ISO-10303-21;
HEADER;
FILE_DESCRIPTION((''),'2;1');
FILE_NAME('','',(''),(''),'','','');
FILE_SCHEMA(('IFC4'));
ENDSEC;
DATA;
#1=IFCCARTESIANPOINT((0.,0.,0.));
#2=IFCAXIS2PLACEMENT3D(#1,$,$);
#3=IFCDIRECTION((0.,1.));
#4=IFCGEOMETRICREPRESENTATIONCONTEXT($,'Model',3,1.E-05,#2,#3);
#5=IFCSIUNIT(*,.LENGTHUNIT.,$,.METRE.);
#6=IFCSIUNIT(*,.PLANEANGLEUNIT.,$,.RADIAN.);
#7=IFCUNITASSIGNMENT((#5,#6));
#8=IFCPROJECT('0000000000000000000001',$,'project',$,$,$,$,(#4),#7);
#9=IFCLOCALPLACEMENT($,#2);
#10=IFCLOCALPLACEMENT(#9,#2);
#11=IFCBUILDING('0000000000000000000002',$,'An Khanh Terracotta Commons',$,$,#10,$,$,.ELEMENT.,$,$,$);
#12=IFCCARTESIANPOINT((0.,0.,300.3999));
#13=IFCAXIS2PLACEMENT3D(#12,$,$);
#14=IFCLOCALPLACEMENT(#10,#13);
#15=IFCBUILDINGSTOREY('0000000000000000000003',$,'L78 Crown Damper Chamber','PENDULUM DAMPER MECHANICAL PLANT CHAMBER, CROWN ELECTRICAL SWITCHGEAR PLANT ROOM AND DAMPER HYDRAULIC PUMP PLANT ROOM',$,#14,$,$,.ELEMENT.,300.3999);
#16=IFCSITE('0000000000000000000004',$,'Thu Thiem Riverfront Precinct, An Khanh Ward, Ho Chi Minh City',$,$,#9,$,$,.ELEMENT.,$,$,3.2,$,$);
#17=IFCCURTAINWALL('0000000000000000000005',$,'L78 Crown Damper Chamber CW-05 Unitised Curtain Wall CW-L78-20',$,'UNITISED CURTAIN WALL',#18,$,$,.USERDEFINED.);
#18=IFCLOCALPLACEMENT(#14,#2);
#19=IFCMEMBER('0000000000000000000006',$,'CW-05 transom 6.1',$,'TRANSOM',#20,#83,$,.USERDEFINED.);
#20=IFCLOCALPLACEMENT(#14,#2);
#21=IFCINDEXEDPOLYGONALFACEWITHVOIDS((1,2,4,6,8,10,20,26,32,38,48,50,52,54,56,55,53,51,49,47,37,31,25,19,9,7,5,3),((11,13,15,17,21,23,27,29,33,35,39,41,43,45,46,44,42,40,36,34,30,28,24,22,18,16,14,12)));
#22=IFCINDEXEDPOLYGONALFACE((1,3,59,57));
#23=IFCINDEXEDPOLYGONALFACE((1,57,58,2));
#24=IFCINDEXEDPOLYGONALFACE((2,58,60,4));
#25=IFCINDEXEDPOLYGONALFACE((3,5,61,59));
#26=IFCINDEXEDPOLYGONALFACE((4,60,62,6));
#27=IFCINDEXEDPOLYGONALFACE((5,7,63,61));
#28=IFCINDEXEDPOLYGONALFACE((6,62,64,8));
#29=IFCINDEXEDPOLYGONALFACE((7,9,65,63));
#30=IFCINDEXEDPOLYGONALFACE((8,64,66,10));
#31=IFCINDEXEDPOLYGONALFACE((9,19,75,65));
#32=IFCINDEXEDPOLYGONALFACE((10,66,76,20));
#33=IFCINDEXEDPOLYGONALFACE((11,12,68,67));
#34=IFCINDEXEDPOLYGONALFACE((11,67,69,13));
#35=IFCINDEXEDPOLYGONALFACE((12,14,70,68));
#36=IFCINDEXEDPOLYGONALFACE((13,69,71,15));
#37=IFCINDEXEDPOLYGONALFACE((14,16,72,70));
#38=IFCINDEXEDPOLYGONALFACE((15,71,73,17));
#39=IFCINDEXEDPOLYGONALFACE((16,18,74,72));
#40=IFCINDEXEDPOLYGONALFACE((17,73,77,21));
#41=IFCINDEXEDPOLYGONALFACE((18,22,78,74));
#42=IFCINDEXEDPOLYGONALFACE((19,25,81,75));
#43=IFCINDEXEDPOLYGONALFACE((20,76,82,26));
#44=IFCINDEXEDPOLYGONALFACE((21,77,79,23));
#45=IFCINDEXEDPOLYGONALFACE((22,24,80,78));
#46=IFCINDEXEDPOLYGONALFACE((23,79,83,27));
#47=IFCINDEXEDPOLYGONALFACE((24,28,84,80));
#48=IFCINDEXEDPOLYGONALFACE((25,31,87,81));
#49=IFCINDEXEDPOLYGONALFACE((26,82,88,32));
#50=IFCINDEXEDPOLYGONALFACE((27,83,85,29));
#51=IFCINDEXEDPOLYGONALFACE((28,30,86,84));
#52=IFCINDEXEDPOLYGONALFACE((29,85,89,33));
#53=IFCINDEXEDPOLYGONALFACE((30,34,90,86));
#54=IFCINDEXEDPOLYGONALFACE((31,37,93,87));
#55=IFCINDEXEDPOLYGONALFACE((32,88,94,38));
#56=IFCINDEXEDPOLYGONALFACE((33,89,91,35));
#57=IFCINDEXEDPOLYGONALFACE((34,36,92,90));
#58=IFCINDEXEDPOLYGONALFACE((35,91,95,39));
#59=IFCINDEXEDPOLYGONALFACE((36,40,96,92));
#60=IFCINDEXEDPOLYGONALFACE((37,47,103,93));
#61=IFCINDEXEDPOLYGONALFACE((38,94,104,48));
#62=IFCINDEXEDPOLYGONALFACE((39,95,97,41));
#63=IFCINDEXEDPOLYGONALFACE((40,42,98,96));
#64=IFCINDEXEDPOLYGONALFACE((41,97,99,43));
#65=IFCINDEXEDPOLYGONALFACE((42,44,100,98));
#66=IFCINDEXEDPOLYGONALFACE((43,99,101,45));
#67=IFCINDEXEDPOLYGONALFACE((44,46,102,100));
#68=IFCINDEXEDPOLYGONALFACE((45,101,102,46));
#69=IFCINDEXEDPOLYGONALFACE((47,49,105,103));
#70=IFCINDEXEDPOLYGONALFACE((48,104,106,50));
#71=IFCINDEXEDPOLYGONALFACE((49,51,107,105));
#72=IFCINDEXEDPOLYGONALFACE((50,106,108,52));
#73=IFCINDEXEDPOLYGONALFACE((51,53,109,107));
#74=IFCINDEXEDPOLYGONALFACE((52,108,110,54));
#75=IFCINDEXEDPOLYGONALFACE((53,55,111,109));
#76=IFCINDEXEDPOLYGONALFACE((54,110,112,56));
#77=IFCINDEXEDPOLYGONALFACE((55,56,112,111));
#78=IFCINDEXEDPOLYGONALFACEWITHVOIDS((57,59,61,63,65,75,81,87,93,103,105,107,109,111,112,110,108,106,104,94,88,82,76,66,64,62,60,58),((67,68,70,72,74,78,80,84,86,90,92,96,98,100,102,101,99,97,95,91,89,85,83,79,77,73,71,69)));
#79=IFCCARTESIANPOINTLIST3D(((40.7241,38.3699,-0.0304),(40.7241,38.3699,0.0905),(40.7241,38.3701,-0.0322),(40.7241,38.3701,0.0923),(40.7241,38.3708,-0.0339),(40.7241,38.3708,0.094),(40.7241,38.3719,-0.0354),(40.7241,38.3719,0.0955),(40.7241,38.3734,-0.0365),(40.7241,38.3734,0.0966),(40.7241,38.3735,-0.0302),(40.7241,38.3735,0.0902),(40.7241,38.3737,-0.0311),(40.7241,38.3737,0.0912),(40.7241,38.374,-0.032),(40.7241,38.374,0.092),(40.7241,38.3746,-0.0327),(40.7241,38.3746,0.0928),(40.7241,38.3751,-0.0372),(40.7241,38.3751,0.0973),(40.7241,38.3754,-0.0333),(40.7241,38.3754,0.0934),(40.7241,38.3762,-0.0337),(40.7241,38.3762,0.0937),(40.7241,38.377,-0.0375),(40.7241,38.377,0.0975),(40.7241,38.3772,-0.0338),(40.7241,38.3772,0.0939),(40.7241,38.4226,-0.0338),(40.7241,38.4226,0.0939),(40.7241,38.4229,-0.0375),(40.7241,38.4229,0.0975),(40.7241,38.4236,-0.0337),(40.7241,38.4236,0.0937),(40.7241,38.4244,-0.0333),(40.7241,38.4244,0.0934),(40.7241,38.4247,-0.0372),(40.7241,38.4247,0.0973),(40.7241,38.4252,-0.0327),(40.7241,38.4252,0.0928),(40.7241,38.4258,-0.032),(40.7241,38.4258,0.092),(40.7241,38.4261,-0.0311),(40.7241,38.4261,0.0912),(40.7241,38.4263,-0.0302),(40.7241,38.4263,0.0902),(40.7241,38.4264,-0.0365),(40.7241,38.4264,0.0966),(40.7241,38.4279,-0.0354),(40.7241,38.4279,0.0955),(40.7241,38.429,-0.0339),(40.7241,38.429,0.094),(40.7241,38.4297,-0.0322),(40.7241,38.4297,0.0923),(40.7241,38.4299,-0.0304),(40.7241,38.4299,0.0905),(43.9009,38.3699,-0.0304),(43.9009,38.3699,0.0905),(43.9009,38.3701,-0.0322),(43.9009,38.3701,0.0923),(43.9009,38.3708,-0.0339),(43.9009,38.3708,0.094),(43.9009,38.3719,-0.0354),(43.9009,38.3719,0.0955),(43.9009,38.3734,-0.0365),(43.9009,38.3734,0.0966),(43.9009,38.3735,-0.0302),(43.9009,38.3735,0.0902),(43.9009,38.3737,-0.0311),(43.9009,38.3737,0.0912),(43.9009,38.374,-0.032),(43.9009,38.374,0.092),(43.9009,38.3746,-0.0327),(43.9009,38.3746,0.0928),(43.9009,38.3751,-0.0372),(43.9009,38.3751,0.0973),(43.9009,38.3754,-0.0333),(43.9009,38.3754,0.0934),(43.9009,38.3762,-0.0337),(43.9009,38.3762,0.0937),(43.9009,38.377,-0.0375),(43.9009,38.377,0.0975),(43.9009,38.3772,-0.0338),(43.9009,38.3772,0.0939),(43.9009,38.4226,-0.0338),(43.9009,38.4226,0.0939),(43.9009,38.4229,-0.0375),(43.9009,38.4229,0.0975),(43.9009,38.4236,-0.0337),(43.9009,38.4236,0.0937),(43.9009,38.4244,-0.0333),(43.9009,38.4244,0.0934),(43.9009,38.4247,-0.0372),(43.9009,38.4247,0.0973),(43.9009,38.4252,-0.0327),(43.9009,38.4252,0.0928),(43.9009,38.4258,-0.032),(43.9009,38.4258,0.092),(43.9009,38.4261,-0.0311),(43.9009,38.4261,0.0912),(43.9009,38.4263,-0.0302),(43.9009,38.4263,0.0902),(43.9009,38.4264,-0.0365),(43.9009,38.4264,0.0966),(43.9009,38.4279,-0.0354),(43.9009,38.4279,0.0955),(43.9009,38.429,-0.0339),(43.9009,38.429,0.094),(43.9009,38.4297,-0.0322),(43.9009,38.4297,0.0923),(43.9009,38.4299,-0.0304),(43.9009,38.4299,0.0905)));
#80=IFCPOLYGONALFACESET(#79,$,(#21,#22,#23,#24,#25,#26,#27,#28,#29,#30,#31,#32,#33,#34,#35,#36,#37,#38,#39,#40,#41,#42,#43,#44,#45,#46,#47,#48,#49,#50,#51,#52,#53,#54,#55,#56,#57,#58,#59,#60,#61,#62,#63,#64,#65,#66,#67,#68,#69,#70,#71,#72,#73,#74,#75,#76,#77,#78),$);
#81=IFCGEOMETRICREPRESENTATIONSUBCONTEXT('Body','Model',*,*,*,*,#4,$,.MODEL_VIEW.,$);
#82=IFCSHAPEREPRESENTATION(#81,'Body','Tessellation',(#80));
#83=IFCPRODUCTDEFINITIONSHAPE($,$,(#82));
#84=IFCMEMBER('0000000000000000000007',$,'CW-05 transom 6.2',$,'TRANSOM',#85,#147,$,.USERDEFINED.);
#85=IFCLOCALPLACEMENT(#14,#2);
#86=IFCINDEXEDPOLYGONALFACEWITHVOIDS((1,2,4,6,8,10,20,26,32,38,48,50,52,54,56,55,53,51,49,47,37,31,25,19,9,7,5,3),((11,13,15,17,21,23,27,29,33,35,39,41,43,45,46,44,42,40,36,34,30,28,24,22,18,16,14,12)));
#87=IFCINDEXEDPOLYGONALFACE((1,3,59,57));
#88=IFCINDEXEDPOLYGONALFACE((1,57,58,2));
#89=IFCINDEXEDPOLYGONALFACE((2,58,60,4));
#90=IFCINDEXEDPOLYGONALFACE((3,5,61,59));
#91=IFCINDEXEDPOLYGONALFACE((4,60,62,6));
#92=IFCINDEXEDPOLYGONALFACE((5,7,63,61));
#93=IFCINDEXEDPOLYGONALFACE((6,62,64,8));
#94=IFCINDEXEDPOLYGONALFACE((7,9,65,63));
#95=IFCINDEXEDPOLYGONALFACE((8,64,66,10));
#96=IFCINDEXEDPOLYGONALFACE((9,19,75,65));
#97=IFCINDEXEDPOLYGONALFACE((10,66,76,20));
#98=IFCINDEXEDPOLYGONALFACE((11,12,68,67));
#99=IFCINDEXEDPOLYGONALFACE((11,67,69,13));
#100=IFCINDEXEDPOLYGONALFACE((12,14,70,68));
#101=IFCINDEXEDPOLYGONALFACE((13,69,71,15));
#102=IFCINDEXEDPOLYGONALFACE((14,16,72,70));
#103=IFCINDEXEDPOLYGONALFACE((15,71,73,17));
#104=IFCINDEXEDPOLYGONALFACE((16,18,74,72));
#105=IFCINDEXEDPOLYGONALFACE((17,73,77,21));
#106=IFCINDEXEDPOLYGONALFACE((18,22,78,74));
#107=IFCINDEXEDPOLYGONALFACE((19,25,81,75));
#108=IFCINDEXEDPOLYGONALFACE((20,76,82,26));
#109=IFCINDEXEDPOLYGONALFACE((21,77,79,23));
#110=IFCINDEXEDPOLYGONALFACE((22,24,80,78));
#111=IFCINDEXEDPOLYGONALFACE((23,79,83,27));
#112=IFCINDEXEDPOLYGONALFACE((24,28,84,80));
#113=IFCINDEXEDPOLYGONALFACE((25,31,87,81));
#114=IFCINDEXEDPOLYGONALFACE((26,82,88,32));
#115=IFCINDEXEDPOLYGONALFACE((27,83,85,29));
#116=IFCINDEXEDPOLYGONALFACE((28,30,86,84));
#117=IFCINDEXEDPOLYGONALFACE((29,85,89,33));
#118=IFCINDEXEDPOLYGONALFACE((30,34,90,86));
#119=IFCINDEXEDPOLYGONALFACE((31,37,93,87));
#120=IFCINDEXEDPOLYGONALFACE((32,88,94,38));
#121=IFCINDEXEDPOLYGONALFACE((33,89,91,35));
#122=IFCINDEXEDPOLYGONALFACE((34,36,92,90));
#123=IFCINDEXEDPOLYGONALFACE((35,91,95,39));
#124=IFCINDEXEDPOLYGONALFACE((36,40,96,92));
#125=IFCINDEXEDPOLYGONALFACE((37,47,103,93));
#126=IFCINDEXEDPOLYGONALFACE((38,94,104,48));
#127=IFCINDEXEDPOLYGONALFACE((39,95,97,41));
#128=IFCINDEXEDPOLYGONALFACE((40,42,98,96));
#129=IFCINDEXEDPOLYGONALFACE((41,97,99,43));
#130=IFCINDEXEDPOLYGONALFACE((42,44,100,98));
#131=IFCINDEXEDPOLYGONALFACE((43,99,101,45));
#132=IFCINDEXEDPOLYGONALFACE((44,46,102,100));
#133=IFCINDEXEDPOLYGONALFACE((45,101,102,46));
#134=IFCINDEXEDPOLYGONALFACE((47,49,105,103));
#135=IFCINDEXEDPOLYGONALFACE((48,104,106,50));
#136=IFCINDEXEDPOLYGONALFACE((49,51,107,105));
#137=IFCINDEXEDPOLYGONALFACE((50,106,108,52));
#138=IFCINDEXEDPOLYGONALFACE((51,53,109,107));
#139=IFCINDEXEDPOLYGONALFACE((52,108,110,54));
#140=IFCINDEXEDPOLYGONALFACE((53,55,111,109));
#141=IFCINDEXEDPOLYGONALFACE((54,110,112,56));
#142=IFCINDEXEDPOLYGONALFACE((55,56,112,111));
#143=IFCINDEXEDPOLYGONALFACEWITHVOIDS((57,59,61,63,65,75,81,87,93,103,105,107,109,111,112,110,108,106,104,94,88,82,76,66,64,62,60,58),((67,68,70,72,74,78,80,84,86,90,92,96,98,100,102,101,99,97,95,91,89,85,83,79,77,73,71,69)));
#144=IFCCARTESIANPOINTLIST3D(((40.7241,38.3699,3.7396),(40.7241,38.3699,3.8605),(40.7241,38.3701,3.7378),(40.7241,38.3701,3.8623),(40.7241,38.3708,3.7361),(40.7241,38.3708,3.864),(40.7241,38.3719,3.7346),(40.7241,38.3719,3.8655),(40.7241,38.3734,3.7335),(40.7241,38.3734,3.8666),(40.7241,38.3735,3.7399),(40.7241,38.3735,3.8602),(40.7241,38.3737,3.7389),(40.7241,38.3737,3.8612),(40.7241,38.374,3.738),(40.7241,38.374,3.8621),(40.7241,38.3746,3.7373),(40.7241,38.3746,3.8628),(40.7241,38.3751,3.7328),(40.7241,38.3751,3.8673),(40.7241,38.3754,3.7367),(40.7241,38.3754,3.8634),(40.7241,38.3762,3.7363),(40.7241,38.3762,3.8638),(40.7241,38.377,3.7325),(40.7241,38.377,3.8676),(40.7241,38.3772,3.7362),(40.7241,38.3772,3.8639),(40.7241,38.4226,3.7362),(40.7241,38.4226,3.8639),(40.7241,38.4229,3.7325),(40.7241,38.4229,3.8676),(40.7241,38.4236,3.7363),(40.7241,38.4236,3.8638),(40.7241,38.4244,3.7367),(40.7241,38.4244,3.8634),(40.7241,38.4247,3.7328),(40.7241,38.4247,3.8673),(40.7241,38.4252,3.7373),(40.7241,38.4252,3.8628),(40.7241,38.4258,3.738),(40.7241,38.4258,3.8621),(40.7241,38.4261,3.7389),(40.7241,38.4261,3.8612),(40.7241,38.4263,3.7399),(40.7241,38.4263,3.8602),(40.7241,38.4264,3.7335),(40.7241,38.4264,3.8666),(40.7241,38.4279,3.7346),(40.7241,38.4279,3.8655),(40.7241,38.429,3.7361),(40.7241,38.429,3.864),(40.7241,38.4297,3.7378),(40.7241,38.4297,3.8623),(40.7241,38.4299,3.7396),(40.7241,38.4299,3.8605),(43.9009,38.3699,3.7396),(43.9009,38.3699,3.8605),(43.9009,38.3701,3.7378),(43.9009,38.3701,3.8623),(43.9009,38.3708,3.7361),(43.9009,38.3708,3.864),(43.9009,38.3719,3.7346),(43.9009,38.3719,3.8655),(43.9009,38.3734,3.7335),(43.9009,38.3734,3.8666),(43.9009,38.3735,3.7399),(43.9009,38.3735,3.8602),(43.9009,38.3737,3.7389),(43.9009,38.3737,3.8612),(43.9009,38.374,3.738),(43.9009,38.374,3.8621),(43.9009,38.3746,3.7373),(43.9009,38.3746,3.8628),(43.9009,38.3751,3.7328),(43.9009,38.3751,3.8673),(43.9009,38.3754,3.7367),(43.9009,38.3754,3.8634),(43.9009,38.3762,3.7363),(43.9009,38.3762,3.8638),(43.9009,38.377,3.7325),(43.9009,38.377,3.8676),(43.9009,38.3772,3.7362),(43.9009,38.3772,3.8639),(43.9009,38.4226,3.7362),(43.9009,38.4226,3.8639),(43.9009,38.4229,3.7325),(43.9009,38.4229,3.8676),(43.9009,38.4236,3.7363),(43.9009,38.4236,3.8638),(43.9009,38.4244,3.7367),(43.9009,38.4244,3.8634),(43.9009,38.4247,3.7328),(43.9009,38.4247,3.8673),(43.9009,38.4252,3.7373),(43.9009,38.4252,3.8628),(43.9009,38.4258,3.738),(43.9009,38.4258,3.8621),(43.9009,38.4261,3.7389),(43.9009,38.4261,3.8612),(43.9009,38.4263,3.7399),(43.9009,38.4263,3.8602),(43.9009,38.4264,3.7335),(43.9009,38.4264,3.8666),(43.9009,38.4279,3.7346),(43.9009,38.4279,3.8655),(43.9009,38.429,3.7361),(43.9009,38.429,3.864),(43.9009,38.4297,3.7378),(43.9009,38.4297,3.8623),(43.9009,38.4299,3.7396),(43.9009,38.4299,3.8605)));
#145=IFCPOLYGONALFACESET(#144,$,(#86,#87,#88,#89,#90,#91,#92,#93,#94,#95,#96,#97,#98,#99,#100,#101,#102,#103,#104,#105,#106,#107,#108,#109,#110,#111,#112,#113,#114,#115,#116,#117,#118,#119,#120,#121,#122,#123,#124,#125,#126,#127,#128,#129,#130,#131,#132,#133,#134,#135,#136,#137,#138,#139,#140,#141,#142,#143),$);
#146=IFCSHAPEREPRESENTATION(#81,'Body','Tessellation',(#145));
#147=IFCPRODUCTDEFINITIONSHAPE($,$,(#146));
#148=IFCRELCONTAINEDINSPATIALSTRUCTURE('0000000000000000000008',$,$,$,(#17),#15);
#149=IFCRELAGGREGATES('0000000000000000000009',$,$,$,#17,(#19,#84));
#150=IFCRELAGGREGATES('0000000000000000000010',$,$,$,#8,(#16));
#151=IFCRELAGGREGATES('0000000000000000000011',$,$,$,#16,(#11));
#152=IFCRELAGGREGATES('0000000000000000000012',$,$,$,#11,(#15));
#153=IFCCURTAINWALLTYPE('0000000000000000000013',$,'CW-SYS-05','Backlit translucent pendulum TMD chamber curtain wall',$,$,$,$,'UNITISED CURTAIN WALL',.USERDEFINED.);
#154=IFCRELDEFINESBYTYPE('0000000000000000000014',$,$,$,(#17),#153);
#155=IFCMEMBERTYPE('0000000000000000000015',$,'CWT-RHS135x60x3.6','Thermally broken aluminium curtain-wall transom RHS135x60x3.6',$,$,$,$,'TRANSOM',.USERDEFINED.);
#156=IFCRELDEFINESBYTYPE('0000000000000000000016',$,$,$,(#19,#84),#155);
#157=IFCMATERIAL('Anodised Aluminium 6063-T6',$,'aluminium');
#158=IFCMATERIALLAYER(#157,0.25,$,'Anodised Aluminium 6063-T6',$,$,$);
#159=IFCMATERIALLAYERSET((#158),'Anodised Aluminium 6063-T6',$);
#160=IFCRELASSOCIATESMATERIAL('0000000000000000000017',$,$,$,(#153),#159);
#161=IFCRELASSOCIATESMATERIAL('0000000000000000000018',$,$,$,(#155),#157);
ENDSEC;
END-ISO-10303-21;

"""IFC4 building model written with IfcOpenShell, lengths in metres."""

from ifc_helpers import new_model, si_unit, direction, frame, origin, origin_2d, place, context, subcontext, project, spatial, hollow_rectangle, extrude, material, layer, layer_set, material_profile, profile_set, type_object, element, aggregate, save


model = new_model("IFC4")

# Units and contexts
model_context = context("Model", 3, precision=1e-05, world=origin(), true_north=direction((0.0, 1.0)))
body_context = subcontext(model_context, "Body", "Model", "MODEL_VIEW")
ifc_project = project(units=[si_unit("LENGTHUNIT", "METRE"), si_unit("PLANEANGLEUNIT", "RADIAN")], contexts=[model_context])

# Site, building, storey
site_placement = place(None, origin())
site = spatial("IfcSite", under=ifc_project, at=site_placement, Name="Thu Thiem Riverfront Precinct, An Khanh Ward, Ho Chi Minh City", CompositionType="ELEMENT", RefElevation=3.2)
building_placement = place(site_placement, origin())
building = spatial("IfcBuilding", under=site, at=building_placement, Name="An Khanh Terracotta Commons", CompositionType="ELEMENT")
storey_placement = place(building_placement, frame((0.0, 0.0, 300.3999)))
storey = spatial("IfcBuildingStorey", under=building, at=storey_placement, Name="L78 Crown Damper Chamber", Description="PENDULUM DAMPER MECHANICAL PLANT CHAMBER, CROWN ELECTRICAL SWITCHGEAR PLANT ROOM AND DAMPER HYDRAULIC PUMP PLANT ROOM", CompositionType="ELEMENT", Elevation=300.3999)

# Curtain wall, members
ifc_material_1 = material(Name="Anodised Aluminium 6063-T6", Category="aluminium")
ifc_layer_1 = layer(ifc_material_1, 0.25, Name="Anodised Aluminium 6063-T6")
ifc_layer_set_1 = layer_set([ifc_layer_1], Name="Anodised Aluminium 6063-T6")
curtain_wall_type = type_object("IfcCurtainWallType", Name="CW-SYS-05", Description="Backlit translucent pendulum TMD chamber curtain wall", ElementType="UNITISED CURTAIN WALL", PredefinedType="USERDEFINED", material=ifc_layer_set_1)
curtain_wall_placement = place(storey_placement, origin())
curtain_wall = element("IfcCurtainWall", 1, at=curtain_wall_placement, inside=storey, type_object=curtain_wall_type, Name="L78 Crown Damper Chamber CW-05 Unitised Curtain Wall CW-L78-20", ObjectType="UNITISED CURTAIN WALL", PredefinedType="USERDEFINED")
ifc_material_profile_1 = material_profile(ifc_material_1, hollow_rectangle(XDim=0.0601, YDim=0.135, WallThickness=0.0037, InnerFilletRadius=0.0037, OuterFilletRadius=0.0071, at=origin_2d()), Name="RHS135x60x3.6")
ifc_profile_set_1 = profile_set([ifc_material_profile_1], Name="Anodised Aluminium 6063-T6")
member_type_1 = type_object("IfcMemberType", Name="CWT-RHS135x60x3.6", Description="Thermally broken aluminium curtain-wall transom RHS135x60x3.6", ElementType="TRANSOM", PredefinedType="USERDEFINED", material=ifc_profile_set_1)
member_1_placement = place(storey_placement, frame((43.9009, 38.3999, 0.03), z_axis=(-1.0, 0.0, 0.0), x_axis=(0.0, -1.0, 0.0)))
member_1 = element("IfcMember", 2, at=member_1_placement, type_object=member_type_1, Name="CW-05 transom 6.1", ObjectType="TRANSOM", PredefinedType="USERDEFINED", context=body_context, shape_type="SweptSolid", body=[
    extrude(hollow_rectangle(XDim=0.0601, YDim=0.135, WallThickness=0.0037, InnerFilletRadius=0.0037, OuterFilletRadius=0.0071, at=origin_2d()), origin(), (0.0, 0.0, 1.0), 3.1768),
])
member_2_placement = place(storey_placement, frame((43.9009, 38.3999, 3.8), z_axis=(-1.0, 0.0, 0.0), x_axis=(0.0, -1.0, 0.0)))
member_2 = element("IfcMember", 3, at=member_2_placement, type_object=member_type_1, Name="CW-05 transom 6.2", ObjectType="TRANSOM", PredefinedType="USERDEFINED", context=body_context, shape_type="SweptSolid", body=[
    extrude(hollow_rectangle(XDim=0.0601, YDim=0.135, WallThickness=0.0037, InnerFilletRadius=0.0037, OuterFilletRadius=0.0071, at=origin_2d()), origin(), (0.0, 0.0, 1.0), 3.1768),
])

aggregate(curtain_wall, [member_1, member_2])

save(model, "model.ifc")
